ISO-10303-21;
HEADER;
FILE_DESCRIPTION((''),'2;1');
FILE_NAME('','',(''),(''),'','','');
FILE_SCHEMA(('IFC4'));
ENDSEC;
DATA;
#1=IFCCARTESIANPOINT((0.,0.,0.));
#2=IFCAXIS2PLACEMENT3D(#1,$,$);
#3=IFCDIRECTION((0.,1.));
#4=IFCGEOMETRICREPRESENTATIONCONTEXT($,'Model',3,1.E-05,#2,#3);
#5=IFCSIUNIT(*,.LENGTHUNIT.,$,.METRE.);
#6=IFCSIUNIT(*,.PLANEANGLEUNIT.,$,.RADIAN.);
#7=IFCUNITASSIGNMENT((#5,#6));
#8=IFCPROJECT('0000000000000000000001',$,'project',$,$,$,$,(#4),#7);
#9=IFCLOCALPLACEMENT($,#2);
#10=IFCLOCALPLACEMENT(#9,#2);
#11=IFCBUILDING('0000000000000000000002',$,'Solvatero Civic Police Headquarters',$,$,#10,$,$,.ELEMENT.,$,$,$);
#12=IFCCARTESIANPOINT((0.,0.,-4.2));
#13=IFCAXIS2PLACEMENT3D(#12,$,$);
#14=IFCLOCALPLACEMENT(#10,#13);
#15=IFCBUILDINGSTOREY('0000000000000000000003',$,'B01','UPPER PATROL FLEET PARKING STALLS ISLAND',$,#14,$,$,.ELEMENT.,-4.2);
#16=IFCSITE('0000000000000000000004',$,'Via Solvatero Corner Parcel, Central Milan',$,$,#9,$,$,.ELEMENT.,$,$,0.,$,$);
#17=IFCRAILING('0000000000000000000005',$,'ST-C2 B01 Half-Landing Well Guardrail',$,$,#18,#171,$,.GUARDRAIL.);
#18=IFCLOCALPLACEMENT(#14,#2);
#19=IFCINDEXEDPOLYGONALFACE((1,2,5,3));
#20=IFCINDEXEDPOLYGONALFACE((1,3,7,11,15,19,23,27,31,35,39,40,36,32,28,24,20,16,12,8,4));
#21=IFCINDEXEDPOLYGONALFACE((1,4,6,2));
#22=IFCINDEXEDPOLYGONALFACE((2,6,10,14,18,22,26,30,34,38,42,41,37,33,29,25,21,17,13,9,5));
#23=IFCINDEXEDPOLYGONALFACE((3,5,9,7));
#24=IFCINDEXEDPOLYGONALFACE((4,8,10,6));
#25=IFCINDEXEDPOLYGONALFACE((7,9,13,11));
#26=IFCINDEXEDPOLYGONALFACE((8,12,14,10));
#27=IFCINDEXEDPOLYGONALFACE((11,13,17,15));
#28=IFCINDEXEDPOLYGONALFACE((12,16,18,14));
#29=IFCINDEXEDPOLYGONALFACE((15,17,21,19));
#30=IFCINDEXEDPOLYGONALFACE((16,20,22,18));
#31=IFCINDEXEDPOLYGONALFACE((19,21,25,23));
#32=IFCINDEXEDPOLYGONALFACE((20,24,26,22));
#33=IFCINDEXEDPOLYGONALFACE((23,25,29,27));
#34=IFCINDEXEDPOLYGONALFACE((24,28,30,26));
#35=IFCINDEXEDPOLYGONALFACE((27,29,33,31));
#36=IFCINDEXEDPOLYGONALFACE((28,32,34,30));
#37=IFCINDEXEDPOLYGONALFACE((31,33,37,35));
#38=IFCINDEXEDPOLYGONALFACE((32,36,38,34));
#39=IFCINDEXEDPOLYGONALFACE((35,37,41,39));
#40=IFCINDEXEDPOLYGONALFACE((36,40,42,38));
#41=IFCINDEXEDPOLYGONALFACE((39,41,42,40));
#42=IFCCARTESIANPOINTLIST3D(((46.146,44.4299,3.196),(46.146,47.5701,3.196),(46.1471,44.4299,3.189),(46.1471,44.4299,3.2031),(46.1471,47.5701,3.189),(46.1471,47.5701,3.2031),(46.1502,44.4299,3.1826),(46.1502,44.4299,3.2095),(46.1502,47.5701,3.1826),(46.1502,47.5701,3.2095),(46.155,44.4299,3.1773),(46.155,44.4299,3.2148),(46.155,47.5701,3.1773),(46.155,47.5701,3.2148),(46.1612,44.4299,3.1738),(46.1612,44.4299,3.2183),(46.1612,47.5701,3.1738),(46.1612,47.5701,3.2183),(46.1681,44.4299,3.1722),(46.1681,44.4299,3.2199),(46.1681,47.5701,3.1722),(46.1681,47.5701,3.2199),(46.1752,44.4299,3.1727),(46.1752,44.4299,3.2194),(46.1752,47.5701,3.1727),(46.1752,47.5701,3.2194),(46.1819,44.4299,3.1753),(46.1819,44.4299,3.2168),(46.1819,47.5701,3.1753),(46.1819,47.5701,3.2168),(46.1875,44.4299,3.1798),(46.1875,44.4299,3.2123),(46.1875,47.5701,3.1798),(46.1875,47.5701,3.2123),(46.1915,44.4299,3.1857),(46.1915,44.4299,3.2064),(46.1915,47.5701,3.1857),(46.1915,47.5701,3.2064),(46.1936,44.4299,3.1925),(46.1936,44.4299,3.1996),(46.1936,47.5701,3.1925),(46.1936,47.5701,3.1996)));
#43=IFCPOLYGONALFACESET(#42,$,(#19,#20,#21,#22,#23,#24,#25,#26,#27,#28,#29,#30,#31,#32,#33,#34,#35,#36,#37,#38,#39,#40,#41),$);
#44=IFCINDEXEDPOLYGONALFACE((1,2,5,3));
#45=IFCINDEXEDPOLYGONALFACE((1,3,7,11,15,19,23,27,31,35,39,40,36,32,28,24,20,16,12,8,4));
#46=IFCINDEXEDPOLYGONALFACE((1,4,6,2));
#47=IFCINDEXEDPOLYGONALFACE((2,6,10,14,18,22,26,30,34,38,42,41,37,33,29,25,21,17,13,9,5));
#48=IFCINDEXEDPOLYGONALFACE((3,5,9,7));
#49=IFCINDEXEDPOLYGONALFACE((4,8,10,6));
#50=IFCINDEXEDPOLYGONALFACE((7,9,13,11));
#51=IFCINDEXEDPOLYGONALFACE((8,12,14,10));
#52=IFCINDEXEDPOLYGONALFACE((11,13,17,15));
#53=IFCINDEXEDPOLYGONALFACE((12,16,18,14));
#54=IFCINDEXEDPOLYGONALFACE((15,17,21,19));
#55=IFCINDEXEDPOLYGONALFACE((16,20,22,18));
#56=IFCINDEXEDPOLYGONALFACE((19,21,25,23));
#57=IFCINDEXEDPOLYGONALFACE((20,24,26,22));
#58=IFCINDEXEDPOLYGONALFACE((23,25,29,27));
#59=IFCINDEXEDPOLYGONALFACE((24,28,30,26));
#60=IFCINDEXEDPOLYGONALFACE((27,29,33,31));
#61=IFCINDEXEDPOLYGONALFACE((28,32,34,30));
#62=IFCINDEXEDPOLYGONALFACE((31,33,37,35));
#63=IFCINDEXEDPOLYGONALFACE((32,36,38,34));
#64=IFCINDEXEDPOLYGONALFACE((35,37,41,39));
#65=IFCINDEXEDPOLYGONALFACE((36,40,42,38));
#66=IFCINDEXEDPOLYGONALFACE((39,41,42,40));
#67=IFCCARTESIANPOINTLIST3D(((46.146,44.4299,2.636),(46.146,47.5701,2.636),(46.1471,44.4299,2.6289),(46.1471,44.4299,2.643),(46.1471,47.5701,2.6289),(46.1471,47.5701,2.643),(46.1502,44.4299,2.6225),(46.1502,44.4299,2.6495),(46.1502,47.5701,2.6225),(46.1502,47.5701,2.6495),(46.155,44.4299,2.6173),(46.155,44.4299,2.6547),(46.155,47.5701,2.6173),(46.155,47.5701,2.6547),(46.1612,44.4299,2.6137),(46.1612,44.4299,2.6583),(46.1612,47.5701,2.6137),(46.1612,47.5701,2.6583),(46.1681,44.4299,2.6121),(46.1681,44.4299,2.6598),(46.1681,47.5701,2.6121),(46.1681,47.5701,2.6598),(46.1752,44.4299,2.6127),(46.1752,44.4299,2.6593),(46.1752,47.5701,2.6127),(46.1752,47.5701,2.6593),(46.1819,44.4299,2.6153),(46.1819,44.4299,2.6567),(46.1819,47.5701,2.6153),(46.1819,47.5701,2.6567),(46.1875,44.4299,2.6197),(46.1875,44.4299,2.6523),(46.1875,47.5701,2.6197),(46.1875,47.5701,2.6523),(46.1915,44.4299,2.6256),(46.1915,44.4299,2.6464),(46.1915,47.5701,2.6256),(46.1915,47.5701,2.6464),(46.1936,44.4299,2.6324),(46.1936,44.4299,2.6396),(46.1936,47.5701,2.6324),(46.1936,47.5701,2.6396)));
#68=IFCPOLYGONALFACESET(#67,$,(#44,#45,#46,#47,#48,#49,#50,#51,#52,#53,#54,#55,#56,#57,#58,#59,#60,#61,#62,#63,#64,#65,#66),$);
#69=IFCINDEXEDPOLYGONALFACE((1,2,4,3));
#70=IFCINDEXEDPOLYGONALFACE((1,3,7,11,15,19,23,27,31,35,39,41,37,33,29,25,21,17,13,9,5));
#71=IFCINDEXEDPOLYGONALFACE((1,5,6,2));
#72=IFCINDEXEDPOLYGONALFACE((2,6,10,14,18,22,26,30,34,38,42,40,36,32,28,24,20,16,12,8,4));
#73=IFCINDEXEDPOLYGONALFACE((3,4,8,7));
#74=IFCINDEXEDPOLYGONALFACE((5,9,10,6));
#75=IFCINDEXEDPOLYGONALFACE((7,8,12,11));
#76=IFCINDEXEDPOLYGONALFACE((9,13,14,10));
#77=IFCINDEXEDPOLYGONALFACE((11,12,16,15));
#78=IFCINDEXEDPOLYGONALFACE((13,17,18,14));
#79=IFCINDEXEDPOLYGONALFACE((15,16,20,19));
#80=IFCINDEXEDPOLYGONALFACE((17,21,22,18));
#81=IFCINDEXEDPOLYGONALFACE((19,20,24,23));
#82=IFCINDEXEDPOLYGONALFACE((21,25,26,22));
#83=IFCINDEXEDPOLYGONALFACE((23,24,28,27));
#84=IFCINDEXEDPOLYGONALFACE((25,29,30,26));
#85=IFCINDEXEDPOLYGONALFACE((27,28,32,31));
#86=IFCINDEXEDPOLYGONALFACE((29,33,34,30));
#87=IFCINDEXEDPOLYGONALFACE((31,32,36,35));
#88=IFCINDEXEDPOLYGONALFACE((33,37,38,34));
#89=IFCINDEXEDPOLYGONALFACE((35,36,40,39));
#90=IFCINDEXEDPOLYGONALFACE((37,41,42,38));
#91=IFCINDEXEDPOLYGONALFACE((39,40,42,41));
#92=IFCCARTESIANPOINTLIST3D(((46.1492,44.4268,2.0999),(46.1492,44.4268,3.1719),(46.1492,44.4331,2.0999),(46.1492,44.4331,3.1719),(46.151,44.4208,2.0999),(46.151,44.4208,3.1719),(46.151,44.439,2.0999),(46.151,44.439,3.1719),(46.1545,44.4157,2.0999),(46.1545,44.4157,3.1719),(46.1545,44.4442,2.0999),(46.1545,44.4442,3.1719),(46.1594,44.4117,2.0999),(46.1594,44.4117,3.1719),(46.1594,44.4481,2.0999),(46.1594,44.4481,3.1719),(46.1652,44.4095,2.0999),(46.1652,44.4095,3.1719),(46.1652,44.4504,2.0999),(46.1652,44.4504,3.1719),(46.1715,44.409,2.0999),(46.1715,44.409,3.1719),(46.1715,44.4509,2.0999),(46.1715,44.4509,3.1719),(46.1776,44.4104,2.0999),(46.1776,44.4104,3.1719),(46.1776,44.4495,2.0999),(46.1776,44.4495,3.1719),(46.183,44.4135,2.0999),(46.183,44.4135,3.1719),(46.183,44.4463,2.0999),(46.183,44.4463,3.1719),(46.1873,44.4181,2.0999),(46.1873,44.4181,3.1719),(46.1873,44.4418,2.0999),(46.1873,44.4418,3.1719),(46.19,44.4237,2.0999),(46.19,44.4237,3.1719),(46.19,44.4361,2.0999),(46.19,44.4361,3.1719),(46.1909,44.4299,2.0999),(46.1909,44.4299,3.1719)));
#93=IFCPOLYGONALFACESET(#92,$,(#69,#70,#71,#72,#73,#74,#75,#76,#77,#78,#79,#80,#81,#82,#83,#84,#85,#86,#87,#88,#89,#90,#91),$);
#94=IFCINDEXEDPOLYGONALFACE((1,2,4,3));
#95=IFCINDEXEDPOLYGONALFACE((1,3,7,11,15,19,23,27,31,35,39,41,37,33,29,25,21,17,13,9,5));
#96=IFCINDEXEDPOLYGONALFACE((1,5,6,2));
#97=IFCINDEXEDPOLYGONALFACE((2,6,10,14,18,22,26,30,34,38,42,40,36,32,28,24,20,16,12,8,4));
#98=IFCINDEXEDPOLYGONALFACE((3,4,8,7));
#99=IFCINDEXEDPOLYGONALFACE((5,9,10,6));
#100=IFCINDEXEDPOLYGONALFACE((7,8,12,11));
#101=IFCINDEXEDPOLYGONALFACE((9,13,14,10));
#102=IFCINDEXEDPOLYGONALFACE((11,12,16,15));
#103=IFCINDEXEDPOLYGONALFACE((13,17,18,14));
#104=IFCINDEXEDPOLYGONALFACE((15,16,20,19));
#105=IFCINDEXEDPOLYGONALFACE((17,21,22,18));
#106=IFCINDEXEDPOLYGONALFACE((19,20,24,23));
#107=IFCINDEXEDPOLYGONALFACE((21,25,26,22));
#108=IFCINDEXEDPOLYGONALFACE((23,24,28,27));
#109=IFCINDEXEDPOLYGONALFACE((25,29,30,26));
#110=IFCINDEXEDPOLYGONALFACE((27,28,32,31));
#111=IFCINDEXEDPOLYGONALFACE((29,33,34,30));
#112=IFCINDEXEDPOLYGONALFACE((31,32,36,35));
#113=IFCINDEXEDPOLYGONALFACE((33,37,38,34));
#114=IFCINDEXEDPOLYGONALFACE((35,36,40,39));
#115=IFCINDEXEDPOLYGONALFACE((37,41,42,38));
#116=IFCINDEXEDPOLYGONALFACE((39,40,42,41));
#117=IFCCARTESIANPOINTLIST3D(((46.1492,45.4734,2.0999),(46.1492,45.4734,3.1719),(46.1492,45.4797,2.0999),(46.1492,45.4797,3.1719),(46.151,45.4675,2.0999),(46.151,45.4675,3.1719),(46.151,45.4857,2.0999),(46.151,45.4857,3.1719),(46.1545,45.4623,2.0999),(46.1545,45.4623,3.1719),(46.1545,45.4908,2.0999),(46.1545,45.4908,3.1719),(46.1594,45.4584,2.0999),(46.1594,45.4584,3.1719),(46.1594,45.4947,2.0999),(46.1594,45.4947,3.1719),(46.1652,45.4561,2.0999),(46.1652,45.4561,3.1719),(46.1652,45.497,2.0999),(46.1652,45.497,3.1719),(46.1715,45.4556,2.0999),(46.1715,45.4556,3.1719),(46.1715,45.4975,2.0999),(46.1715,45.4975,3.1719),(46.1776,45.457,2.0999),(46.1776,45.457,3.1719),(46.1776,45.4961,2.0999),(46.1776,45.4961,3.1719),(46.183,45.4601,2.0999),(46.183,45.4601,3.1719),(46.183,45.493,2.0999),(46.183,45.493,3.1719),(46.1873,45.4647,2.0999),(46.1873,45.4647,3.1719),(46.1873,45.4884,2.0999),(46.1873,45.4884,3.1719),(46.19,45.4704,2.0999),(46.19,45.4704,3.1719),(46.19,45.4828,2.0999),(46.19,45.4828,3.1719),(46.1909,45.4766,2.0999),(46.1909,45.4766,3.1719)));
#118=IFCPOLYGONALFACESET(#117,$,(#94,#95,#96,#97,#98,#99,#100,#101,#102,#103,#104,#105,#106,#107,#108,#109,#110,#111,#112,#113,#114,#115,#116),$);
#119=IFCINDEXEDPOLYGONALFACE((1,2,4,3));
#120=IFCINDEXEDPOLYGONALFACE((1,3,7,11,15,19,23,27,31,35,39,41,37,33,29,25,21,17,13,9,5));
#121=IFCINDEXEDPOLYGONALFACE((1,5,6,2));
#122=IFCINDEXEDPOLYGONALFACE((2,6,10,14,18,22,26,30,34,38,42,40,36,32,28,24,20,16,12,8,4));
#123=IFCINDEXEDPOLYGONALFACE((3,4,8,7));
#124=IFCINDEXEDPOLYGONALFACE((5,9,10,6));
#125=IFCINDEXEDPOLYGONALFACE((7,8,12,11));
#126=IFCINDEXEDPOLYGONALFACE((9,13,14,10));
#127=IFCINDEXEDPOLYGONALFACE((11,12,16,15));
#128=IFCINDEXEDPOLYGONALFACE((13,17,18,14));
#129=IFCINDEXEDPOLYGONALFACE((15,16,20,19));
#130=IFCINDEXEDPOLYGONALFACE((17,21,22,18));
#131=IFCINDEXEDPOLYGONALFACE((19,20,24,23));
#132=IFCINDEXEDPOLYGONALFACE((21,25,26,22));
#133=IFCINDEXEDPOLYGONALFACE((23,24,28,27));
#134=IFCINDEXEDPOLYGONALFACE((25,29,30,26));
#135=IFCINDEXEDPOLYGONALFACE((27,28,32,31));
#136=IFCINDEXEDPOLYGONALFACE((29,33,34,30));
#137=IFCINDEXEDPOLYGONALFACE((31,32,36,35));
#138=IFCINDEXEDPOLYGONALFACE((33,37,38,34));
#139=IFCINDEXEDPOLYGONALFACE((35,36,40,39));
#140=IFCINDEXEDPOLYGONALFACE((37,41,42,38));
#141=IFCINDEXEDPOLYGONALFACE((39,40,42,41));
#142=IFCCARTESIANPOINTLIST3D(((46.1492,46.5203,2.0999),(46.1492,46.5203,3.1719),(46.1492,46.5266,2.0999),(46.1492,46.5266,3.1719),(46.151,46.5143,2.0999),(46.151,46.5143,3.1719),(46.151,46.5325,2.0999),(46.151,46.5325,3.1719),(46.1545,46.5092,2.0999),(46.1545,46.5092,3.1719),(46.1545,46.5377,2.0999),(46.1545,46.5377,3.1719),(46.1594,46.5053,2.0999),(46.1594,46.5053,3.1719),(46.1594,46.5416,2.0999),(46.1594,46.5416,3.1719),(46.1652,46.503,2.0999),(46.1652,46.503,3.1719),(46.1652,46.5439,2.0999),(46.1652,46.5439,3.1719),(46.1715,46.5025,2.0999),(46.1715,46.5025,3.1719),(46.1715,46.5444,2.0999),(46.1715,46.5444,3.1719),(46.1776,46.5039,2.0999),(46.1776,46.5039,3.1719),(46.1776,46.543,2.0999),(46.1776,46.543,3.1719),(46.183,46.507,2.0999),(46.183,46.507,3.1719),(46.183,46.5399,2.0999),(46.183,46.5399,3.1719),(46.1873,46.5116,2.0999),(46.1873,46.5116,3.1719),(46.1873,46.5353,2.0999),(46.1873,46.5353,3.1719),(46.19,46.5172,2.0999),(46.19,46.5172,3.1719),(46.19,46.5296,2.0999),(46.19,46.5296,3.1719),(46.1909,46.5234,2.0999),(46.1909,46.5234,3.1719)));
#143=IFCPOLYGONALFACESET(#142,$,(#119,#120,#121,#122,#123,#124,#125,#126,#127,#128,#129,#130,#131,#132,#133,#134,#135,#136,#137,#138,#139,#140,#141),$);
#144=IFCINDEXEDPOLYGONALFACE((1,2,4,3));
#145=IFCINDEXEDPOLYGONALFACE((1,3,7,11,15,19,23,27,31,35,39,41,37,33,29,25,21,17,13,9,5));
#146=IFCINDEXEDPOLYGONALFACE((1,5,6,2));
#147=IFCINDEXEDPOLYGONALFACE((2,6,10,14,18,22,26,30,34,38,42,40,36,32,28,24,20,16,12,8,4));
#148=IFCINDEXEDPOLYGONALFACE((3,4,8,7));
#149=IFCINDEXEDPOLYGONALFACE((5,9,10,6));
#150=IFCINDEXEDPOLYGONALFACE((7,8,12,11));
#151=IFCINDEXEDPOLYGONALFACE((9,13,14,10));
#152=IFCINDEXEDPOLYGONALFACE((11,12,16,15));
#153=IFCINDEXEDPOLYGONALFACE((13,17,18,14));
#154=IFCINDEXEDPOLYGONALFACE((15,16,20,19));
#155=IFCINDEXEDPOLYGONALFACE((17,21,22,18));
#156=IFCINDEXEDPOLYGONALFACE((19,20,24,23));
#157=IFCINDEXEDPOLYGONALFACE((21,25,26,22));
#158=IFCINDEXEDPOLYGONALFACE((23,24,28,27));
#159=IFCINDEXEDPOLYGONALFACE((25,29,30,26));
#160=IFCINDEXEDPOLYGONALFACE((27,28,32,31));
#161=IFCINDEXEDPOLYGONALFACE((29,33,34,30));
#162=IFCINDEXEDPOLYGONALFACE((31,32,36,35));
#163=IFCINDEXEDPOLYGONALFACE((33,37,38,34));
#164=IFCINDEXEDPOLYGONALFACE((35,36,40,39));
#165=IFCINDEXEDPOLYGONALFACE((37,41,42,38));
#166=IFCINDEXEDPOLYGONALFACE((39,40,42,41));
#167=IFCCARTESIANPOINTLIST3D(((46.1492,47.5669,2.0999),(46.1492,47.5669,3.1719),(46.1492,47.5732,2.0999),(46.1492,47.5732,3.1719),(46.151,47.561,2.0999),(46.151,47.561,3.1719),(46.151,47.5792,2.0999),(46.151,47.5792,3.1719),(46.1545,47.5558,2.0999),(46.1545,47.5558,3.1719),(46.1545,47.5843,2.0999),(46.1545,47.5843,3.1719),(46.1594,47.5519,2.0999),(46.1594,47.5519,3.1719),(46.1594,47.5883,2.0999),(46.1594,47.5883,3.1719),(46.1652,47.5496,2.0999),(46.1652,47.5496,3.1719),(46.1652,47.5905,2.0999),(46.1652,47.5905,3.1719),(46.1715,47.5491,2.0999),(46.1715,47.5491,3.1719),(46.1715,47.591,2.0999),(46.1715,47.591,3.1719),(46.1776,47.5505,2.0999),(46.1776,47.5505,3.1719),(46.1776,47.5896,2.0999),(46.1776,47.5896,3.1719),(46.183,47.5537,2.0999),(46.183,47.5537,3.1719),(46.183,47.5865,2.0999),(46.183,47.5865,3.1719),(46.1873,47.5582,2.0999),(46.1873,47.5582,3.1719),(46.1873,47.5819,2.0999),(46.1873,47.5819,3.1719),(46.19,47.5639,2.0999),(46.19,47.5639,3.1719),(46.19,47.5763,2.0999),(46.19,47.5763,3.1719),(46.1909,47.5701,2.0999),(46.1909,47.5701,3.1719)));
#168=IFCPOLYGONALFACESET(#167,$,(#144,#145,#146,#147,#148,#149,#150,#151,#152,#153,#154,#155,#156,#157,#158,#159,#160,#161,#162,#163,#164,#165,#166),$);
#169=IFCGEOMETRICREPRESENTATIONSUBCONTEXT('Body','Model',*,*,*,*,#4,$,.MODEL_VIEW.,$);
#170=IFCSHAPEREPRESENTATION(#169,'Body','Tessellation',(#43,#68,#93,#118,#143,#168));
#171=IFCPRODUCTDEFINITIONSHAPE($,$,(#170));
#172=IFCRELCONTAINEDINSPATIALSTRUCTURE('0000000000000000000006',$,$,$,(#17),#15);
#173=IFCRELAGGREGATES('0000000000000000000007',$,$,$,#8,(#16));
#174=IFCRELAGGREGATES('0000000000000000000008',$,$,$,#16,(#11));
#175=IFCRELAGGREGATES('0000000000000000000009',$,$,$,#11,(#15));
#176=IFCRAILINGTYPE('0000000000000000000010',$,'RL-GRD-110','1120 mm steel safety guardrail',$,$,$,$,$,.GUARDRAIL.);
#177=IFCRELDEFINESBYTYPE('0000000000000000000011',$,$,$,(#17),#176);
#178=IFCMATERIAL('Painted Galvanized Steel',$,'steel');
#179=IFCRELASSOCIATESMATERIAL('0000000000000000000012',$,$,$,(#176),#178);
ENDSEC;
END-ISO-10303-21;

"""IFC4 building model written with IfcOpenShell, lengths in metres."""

from ifc_helpers import new_model, si_unit, direction, frame, origin, origin_2d, place, context, subcontext, project, spatial, circle, extrude, material, type_object, element, save


model = new_model("IFC4")

# Units and contexts
model_context = context("Model", 3, precision=1e-05, world=origin(), true_north=direction((0.0, 1.0)))
body_context = subcontext(model_context, "Body", "Model", "MODEL_VIEW")
ifc_project = project(units=[si_unit("LENGTHUNIT", "METRE"), si_unit("PLANEANGLEUNIT", "RADIAN")], contexts=[model_context])

# Site, building, storey
site_placement = place(None, origin())
site = spatial("IfcSite", under=ifc_project, at=site_placement, Name="Via Solvatero Corner Parcel, Central Milan", CompositionType="ELEMENT", RefElevation=0.0)
building_placement = place(site_placement, origin())
building = spatial("IfcBuilding", under=site, at=building_placement, Name="Solvatero Civic Police Headquarters", CompositionType="ELEMENT")
storey_placement = place(building_placement, frame((0.0, 0.0, -4.2)))
storey = spatial("IfcBuildingStorey", under=building, at=storey_placement, Name="B01", Description="UPPER PATROL FLEET PARKING STALLS ISLAND", CompositionType="ELEMENT", Elevation=-4.2)

# Railing
ifc_material_1 = material(Name="Painted Galvanized Steel", Category="steel")
railing_type_1 = type_object("IfcRailingType", Name="RL-GRD-110", Description="1120 mm steel safety guardrail", PredefinedType="GUARDRAIL", material=ifc_material_1)
railing_1_placement = place(storey_placement, frame((46.1699, 44.4299, 2.0999)))
element("IfcRailing", 1, at=railing_1_placement, inside=storey, type_object=railing_type_1, Name="ST-C2 B01 Half-Landing Well Guardrail", PredefinedType="GUARDRAIL", context=body_context, shape_type="SweptSolid", body=[
    extrude(circle(Radius=0.0239, at=origin_2d()), frame((0.0, 0.0, 1.0962), z_axis=(0.0, 1.0, 0.0), x_axis=(-1.0, 0.0, 0.0)), (0.0, 0.0, 1.0), 3.1401),
    extrude(circle(Radius=0.0239, at=origin_2d()), frame((0.0, 0.0, 0.5361), z_axis=(0.0, 1.0, 0.0), x_axis=(-1.0, 0.0, 0.0)), (0.0, 0.0, 1.0), 3.1401),
    extrude(circle(Radius=0.021, at=origin_2d()), origin(), (0.0, 0.0, 1.0), 1.072),
    extrude(circle(Radius=0.021, at=origin_2d()), frame((0.0, 1.0466, 0.0)), (0.0, 0.0, 1.0), 1.072),
    extrude(circle(Radius=0.021, at=origin_2d()), frame((0.0, 2.0935, 0.0)), (0.0, 0.0, 1.0), 1.072),
    extrude(circle(Radius=0.021, at=origin_2d()), frame((0.0, 3.1401, 0.0)), (0.0, 0.0, 1.0), 1.072),
])

save(model, "model.ifc")
